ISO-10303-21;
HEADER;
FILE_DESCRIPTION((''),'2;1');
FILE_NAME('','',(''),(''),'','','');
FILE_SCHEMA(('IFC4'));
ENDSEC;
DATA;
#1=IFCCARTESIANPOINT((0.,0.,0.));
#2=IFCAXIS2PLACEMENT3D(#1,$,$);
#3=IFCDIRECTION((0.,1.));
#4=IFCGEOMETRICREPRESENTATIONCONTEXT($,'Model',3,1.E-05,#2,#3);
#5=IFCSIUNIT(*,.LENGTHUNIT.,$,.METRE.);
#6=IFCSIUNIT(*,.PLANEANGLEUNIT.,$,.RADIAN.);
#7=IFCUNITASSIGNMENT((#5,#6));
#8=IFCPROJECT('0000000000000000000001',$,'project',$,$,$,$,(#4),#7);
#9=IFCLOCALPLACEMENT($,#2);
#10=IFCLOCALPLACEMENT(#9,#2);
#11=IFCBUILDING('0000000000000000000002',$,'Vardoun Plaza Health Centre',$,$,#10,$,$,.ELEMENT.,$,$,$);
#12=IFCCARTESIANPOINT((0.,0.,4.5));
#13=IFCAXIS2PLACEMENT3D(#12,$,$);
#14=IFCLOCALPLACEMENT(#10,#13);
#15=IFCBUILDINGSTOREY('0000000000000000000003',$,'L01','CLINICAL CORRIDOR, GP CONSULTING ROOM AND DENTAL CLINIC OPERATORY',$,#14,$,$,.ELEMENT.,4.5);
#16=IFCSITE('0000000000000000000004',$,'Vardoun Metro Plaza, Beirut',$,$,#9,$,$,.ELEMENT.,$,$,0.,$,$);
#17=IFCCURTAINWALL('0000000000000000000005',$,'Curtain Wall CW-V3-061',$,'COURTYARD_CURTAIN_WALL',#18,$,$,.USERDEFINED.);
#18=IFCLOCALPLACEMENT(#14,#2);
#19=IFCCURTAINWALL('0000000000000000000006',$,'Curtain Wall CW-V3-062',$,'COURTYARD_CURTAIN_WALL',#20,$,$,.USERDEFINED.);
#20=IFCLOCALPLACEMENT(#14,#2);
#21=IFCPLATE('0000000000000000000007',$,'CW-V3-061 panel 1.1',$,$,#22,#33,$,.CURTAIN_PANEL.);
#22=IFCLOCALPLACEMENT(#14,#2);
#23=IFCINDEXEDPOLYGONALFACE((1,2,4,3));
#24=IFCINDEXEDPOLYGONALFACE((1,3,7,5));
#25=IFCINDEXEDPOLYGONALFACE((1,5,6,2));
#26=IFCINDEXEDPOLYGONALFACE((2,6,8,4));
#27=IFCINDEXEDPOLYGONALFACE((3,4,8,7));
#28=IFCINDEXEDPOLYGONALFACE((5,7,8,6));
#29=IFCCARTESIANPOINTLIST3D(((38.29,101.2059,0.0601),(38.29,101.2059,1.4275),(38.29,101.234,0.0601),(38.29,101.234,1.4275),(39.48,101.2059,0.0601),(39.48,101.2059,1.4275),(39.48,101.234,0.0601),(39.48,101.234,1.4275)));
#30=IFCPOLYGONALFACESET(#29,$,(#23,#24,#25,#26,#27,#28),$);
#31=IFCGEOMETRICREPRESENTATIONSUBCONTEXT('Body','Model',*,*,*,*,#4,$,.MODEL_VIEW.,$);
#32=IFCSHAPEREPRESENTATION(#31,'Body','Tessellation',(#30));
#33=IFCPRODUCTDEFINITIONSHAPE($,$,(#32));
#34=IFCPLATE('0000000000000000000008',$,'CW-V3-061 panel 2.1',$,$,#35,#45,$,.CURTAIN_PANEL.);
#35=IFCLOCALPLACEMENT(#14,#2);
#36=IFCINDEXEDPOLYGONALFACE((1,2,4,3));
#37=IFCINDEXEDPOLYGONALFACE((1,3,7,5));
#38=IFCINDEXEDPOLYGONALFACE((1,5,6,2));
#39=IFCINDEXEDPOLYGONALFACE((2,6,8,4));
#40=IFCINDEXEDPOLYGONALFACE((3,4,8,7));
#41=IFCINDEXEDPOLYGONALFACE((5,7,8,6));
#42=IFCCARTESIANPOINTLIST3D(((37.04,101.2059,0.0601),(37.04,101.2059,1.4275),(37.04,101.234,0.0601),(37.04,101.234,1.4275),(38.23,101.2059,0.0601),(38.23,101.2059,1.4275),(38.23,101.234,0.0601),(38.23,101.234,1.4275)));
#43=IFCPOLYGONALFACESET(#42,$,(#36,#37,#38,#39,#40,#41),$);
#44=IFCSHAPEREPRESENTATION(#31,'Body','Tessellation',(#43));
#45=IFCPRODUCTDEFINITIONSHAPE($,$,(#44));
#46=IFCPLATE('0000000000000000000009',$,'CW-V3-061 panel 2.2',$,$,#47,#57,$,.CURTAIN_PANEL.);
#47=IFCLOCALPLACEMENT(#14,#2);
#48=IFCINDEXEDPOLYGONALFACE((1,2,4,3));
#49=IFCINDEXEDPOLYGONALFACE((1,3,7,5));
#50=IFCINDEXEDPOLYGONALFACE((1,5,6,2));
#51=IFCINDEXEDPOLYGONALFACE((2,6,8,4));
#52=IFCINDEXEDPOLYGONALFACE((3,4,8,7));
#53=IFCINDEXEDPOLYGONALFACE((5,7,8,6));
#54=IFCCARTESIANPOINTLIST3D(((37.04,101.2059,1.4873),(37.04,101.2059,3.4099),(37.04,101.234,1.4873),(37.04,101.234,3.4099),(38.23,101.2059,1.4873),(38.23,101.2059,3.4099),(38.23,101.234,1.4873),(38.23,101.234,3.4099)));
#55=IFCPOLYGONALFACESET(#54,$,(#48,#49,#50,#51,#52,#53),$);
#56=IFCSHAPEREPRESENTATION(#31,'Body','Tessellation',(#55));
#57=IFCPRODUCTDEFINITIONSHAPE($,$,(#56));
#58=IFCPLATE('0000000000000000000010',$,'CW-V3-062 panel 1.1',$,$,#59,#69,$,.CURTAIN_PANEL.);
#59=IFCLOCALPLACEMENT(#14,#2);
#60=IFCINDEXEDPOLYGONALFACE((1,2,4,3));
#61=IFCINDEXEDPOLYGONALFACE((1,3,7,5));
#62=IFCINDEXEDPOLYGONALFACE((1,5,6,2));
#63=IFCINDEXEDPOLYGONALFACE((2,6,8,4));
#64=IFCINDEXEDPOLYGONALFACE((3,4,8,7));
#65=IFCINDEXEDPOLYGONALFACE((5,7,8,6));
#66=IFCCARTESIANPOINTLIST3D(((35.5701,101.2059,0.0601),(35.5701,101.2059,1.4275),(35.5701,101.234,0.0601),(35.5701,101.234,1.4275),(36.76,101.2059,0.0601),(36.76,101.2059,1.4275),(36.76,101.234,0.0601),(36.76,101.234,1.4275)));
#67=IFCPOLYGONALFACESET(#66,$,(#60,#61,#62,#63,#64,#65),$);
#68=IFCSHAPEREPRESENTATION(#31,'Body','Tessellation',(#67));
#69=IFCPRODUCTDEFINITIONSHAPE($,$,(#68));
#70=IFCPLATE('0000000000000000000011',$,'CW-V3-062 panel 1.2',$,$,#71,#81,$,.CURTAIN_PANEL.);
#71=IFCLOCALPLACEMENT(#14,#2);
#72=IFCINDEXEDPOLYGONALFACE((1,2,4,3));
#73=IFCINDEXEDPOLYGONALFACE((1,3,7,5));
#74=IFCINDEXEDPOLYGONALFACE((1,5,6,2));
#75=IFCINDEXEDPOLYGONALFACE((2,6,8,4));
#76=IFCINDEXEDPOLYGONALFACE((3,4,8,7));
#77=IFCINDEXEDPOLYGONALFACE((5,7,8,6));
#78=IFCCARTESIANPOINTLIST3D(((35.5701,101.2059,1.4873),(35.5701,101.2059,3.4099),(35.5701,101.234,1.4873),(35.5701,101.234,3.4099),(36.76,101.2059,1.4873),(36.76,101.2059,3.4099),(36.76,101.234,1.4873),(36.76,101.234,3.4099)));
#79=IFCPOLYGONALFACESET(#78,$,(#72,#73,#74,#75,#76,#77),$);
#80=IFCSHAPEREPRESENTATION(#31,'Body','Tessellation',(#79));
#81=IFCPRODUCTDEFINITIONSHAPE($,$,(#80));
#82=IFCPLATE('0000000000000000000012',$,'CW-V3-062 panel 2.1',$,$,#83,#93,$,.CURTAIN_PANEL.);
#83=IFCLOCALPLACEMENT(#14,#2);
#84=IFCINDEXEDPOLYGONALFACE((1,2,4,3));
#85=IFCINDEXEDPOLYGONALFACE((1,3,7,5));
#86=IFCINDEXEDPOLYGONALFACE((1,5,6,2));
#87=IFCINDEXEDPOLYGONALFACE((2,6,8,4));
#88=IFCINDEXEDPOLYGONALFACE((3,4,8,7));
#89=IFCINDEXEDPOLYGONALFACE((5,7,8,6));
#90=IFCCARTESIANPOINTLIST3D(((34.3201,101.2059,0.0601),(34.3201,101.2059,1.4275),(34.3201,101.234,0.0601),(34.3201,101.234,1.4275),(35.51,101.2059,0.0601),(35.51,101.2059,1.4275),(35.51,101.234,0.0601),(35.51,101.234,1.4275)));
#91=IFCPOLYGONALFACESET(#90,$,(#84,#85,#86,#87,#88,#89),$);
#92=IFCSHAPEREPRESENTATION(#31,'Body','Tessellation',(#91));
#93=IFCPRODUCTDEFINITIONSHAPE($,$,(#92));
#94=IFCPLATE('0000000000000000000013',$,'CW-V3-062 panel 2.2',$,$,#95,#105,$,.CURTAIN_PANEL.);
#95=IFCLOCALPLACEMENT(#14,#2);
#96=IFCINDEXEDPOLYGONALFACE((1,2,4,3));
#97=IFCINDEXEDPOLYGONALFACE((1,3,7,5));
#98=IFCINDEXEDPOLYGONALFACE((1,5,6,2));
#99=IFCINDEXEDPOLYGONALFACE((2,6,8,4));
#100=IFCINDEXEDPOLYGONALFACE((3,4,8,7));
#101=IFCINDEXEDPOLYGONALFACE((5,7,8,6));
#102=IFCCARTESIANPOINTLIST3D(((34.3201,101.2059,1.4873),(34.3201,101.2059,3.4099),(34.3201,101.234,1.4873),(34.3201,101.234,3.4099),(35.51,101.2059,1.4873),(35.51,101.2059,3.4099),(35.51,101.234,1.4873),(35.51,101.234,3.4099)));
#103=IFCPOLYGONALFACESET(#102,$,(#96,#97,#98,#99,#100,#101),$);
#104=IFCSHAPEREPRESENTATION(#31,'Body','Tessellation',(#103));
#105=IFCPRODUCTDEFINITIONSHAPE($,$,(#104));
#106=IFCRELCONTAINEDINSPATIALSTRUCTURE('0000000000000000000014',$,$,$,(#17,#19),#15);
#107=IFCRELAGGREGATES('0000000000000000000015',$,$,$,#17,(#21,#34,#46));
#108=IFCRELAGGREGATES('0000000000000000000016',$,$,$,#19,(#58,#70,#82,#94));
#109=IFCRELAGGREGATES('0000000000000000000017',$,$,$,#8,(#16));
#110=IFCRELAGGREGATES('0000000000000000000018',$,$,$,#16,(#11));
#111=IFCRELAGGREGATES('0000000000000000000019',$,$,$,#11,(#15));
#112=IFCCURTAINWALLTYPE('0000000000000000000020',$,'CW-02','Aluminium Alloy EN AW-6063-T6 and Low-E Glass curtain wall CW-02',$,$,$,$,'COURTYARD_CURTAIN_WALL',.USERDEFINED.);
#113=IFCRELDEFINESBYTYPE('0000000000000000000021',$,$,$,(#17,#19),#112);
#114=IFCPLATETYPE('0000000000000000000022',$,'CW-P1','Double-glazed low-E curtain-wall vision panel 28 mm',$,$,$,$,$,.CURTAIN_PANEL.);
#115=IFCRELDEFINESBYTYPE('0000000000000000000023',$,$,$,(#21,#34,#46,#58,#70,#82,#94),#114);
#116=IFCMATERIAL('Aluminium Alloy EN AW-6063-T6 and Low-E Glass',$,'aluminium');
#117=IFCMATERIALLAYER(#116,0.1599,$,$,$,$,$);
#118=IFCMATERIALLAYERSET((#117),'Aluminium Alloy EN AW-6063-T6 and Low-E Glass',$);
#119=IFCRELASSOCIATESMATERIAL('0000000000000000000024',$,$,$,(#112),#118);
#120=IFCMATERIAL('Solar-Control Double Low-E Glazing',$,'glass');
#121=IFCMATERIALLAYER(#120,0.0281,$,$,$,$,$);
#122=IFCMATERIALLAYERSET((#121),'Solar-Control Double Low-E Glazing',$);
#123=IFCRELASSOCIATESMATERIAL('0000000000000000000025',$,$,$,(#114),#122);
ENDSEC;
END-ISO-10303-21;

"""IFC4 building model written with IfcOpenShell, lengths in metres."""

from ifc_helpers import new_model, si_unit, direction, frame, origin, origin_2d, place, context, subcontext, project, spatial, rectangle, extrude, material, layer, layer_set, type_object, element, aggregate, save


model = new_model("IFC4")

# Units and contexts
model_context = context("Model", 3, precision=1e-05, world=origin(), true_north=direction((0.0, 1.0)))
body_context = subcontext(model_context, "Body", "Model", "MODEL_VIEW")
ifc_project = project(units=[si_unit("LENGTHUNIT", "METRE"), si_unit("PLANEANGLEUNIT", "RADIAN")], contexts=[model_context])

# Site, building, storey
site_placement = place(None, origin())
site = spatial("IfcSite", under=ifc_project, at=site_placement, Name="Vardoun Metro Plaza, Beirut", CompositionType="ELEMENT", RefElevation=0.0)
building_placement = place(site_placement, origin())
building = spatial("IfcBuilding", under=site, at=building_placement, Name="Vardoun Plaza Health Centre", CompositionType="ELEMENT")
storey_placement = place(building_placement, frame((0.0, 0.0, 4.5)))
storey = spatial("IfcBuildingStorey", under=building, at=storey_placement, Name="L01", Description="CLINICAL CORRIDOR, GP CONSULTING ROOM AND DENTAL CLINIC OPERATORY", CompositionType="ELEMENT", Elevation=4.5)

# Curtain walls
ifc_material_1 = material(Name="Aluminium Alloy EN AW-6063-T6 and Low-E Glass", Category="aluminium")
ifc_layer_1 = layer(ifc_material_1, 0.1599)
ifc_layer_set_1 = layer_set([ifc_layer_1], Name="Aluminium Alloy EN AW-6063-T6 and Low-E Glass")
curtain_wall_type = type_object("IfcCurtainWallType", Name="CW-02", Description="Aluminium Alloy EN AW-6063-T6 and Low-E Glass curtain wall CW-02", ElementType="COURTYARD_CURTAIN_WALL", PredefinedType="USERDEFINED", material=ifc_layer_set_1)
curtain_wall_1_placement = place(storey_placement, origin())
curtain_wall_1 = element("IfcCurtainWall", 1, at=curtain_wall_1_placement, inside=storey, type_object=curtain_wall_type, Name="Curtain Wall CW-V3-061", ObjectType="COURTYARD_CURTAIN_WALL", PredefinedType="USERDEFINED")
curtain_wall_2_placement = place(storey_placement, origin())
curtain_wall_2 = element("IfcCurtainWall", 2, at=curtain_wall_2_placement, inside=storey, type_object=curtain_wall_type, Name="Curtain Wall CW-V3-062", ObjectType="COURTYARD_CURTAIN_WALL", PredefinedType="USERDEFINED")

# Plates
ifc_material_2 = material(Name="Solar-Control Double Low-E Glazing", Category="glass")
ifc_layer_2 = layer(ifc_material_2, 0.0281)
ifc_layer_set_2 = layer_set([ifc_layer_2], Name="Solar-Control Double Low-E Glazing")
plate_type = type_object("IfcPlateType", Name="CW-P1", Description="Double-glazed low-E curtain-wall vision panel 28 mm", PredefinedType="CURTAIN_PANEL", material=ifc_layer_set_2)
plate_1_placement = place(storey_placement, frame((38.885, 101.22, 0.0601), z_axis=(0.0, 0.0, 1.0), x_axis=(-1.0, 0.0, 0.0)))
plate_1 = element("IfcPlate", 3, at=plate_1_placement, type_object=plate_type, Name="CW-V3-061 panel 1.1", PredefinedType="CURTAIN_PANEL", context=body_context, shape_type="SweptSolid", body=[
    extrude(rectangle(XDim=1.1899, YDim=0.0281, at=origin_2d()), origin(), (0.0, 0.0, 1.0), 1.3674),
])
plate_2_placement = place(storey_placement, frame((37.635, 101.22, 0.0601), z_axis=(0.0, 0.0, 1.0), x_axis=(-1.0, 0.0, 0.0)))
plate_2 = element("IfcPlate", 4, at=plate_2_placement, type_object=plate_type, Name="CW-V3-061 panel 2.1", PredefinedType="CURTAIN_PANEL", context=body_context, shape_type="SweptSolid", body=[
    extrude(rectangle(XDim=1.1899, YDim=0.0281, at=origin_2d()), origin(), (0.0, 0.0, 1.0), 1.3674),
])
plate_3_placement = place(storey_placement, frame((37.635, 101.22, 1.4873), z_axis=(0.0, 0.0, 1.0), x_axis=(-1.0, 0.0, 0.0)))
plate_3 = element("IfcPlate", 5, at=plate_3_placement, type_object=plate_type, Name="CW-V3-061 panel 2.2", PredefinedType="CURTAIN_PANEL", context=body_context, shape_type="SweptSolid", body=[
    extrude(rectangle(XDim=1.1899, YDim=0.0281, at=origin_2d()), origin(), (0.0, 0.0, 1.0), 1.9226),
])
aggregate(curtain_wall_1, [plate_1, plate_2, plate_3])
plate_4_placement = place(storey_placement, frame((36.165, 101.22, 0.0601), z_axis=(0.0, 0.0, 1.0), x_axis=(-1.0, 0.0, 0.0)))
plate_4 = element("IfcPlate", 6, at=plate_4_placement, type_object=plate_type, Name="CW-V3-062 panel 1.1", PredefinedType="CURTAIN_PANEL", context=body_context, shape_type="SweptSolid", body=[
    extrude(rectangle(XDim=1.1899, YDim=0.0281, at=origin_2d()), origin(), (0.0, 0.0, 1.0), 1.3674),
])
plate_5_placement = place(storey_placement, frame((36.165, 101.22, 1.4873), z_axis=(0.0, 0.0, 1.0), x_axis=(-1.0, 0.0, 0.0)))
plate_5 = element("IfcPlate", 7, at=plate_5_placement, type_object=plate_type, Name="CW-V3-062 panel 1.2", PredefinedType="CURTAIN_PANEL", context=body_context, shape_type="SweptSolid", body=[
    extrude(rectangle(XDim=1.1899, YDim=0.0281, at=origin_2d()), origin(), (0.0, 0.0, 1.0), 1.9226),
])
plate_6_placement = place(storey_placement, frame((34.915, 101.22, 0.0601), z_axis=(0.0, 0.0, 1.0), x_axis=(-1.0, 0.0, 0.0)))
plate_6 = element("IfcPlate", 8, at=plate_6_placement, type_object=plate_type, Name="CW-V3-062 panel 2.1", PredefinedType="CURTAIN_PANEL", context=body_context, shape_type="SweptSolid", body=[
    extrude(rectangle(XDim=1.1899, YDim=0.0281, at=origin_2d()), origin(), (0.0, 0.0, 1.0), 1.3674),
])
plate_7_placement = place(storey_placement, frame((34.915, 101.22, 1.4873), z_axis=(0.0, 0.0, 1.0), x_axis=(-1.0, 0.0, 0.0)))
plate_7 = element("IfcPlate", 9, at=plate_7_placement, type_object=plate_type, Name="CW-V3-062 panel 2.2", PredefinedType="CURTAIN_PANEL", context=body_context, shape_type="SweptSolid", body=[
    extrude(rectangle(XDim=1.1899, YDim=0.0281, at=origin_2d()), origin(), (0.0, 0.0, 1.0), 1.9226),
])
aggregate(curtain_wall_2, [plate_4, plate_5, plate_6, plate_7])

save(model, "model.ifc")
